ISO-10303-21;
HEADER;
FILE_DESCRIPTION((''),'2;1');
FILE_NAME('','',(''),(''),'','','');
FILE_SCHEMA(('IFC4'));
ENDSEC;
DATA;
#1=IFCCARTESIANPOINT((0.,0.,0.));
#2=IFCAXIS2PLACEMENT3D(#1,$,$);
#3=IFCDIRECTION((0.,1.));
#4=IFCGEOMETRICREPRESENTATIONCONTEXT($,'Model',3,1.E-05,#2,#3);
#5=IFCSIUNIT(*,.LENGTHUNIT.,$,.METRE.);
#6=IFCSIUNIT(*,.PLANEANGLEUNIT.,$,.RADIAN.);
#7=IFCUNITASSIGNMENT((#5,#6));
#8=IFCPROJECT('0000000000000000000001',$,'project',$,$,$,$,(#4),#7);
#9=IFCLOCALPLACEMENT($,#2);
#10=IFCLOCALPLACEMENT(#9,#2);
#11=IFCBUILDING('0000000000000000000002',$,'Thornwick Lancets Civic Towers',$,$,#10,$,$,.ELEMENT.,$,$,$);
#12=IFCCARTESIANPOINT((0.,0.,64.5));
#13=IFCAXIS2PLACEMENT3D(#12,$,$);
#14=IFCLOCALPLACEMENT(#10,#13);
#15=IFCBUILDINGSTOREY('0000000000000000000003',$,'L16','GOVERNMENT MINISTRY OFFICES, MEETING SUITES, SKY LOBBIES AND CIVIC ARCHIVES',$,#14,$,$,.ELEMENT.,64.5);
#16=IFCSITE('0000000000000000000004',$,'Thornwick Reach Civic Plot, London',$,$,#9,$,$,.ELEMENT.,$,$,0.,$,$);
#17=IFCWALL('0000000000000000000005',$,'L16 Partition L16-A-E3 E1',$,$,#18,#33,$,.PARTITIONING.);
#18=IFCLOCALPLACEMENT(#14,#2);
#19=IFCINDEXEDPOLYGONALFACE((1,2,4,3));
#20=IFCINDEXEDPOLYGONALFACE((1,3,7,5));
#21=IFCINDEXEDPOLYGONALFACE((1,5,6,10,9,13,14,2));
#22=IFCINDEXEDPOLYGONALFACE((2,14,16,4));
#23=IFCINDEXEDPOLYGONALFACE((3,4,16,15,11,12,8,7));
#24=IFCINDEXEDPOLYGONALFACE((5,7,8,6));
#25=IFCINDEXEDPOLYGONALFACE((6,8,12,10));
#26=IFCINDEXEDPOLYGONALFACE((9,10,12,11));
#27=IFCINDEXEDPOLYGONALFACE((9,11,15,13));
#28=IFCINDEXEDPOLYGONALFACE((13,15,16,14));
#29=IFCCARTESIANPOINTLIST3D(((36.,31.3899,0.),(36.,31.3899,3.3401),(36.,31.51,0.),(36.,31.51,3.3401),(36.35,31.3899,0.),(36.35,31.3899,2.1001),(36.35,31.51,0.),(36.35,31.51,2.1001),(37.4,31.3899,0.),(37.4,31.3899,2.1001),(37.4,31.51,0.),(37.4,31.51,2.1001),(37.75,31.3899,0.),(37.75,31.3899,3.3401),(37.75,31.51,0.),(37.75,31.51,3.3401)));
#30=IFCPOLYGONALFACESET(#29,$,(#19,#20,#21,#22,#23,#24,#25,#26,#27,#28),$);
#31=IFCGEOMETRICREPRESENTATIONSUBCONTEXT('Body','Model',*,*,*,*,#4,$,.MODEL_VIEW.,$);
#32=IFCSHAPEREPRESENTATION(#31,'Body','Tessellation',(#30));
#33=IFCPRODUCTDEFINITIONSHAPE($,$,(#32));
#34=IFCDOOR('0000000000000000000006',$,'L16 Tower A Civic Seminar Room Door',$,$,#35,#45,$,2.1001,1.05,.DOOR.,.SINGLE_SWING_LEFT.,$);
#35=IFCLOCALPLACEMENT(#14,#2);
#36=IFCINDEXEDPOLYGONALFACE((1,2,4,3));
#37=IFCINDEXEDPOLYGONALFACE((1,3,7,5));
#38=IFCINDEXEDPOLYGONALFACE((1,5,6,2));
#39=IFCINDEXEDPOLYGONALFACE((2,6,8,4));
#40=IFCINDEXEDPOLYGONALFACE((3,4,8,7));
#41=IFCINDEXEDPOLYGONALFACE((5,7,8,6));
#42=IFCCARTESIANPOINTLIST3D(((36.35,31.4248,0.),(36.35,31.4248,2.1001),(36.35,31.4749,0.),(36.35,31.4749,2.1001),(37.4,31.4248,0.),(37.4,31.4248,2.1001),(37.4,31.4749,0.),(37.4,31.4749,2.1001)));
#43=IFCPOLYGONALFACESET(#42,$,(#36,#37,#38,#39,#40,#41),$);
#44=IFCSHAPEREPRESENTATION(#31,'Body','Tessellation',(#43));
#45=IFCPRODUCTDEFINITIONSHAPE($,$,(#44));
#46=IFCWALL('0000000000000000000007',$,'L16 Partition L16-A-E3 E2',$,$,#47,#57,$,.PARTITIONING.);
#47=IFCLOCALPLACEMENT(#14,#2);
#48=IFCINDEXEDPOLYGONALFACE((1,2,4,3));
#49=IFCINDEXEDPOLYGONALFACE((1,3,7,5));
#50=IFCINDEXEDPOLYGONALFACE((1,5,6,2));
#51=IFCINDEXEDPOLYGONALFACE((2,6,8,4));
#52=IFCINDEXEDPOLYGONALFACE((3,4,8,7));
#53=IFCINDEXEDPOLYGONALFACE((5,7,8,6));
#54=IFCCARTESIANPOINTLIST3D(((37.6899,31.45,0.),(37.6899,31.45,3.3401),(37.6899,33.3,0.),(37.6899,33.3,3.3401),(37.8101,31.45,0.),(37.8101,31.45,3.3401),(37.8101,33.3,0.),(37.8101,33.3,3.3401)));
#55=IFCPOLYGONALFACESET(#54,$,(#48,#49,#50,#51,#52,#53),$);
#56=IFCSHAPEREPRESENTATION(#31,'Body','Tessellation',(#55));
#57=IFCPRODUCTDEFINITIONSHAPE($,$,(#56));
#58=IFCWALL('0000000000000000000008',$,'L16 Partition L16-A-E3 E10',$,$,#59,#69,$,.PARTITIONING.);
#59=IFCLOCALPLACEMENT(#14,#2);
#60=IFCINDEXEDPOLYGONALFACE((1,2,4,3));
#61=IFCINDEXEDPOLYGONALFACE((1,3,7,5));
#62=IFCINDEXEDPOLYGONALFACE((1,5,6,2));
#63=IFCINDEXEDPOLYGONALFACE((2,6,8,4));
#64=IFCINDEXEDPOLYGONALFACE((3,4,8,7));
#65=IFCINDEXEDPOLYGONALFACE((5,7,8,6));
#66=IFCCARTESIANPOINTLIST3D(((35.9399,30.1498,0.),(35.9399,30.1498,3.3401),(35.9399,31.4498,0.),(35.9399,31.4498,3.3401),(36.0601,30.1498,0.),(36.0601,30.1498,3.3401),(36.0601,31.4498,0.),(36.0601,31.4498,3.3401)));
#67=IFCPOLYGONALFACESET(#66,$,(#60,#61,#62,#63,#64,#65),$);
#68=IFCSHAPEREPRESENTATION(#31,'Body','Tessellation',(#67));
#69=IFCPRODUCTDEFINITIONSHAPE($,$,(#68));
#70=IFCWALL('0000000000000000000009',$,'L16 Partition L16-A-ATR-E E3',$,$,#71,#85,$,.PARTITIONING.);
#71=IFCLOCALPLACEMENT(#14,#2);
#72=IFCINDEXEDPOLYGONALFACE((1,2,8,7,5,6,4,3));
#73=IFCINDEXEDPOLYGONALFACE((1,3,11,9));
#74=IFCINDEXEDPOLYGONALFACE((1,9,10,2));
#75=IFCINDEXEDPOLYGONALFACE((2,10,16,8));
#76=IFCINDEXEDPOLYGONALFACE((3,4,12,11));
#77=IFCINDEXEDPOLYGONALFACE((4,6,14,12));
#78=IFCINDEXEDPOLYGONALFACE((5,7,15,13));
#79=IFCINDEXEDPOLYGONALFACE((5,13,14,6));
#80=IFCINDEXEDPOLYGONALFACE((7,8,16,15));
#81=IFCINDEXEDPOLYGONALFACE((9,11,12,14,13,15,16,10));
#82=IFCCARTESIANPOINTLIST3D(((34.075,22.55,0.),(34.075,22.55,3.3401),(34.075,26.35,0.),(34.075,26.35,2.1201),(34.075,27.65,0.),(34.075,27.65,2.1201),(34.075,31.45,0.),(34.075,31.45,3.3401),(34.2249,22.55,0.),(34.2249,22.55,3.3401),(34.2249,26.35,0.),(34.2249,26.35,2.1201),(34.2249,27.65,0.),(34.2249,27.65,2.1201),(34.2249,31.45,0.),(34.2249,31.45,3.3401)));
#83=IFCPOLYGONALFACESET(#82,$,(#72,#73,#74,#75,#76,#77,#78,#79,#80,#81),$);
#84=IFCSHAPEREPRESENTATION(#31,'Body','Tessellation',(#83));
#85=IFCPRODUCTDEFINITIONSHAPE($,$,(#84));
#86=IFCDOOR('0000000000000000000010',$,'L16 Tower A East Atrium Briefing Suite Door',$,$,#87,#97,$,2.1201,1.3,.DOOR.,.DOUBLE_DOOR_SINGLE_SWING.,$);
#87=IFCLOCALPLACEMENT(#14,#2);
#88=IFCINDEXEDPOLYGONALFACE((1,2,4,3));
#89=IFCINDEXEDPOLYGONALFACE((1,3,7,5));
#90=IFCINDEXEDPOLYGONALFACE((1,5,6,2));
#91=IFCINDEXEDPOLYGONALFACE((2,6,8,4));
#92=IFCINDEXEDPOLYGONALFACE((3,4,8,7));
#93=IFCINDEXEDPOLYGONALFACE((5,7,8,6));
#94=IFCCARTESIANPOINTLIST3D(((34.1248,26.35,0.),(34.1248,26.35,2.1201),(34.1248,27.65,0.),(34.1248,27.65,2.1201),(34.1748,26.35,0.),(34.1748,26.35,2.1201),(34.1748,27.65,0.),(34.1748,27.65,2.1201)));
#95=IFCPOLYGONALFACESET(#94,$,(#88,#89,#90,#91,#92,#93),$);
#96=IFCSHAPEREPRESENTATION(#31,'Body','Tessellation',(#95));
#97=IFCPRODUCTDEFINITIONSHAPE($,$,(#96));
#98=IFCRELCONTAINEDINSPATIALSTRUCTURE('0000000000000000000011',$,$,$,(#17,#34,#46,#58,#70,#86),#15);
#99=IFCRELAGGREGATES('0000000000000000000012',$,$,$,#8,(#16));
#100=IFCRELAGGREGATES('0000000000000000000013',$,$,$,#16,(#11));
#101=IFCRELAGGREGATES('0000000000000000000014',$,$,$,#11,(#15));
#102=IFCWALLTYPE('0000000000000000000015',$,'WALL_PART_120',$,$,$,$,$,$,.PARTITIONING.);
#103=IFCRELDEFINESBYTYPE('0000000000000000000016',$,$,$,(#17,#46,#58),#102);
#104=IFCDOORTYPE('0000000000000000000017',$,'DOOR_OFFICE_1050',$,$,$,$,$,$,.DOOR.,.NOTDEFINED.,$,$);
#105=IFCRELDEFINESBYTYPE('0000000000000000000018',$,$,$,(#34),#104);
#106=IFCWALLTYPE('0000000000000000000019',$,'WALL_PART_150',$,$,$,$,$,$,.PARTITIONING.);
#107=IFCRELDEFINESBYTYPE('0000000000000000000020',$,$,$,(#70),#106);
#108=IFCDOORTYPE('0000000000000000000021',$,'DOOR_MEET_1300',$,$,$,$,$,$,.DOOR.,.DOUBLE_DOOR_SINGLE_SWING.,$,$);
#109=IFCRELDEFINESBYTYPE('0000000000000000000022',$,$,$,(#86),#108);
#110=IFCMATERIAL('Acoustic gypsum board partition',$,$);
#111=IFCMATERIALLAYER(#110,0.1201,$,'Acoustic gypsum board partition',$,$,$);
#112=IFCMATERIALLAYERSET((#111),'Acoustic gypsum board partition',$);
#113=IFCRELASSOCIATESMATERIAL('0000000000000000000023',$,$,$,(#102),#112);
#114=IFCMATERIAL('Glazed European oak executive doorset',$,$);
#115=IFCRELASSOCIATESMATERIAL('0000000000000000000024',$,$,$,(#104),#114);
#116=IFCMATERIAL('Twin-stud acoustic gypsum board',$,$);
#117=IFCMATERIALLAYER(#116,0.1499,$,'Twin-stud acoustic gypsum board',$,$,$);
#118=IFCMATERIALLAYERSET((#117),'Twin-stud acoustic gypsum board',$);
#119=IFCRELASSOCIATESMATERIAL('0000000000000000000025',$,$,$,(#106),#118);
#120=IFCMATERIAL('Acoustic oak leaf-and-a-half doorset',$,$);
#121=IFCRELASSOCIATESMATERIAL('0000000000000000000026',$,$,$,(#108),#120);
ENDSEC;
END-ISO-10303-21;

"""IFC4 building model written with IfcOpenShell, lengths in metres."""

from ifc_helpers import new_model, si_unit, direction, frame, frame_2d, origin, place, context, subcontext, project, spatial, rectangle, extrude, material, layer, layer_set, type_object, element, fill, save


model = new_model("IFC4")

# Units and contexts
model_context = context("Model", 3, precision=1e-05, world=origin(), true_north=direction((0.0, 1.0)))
body_context = subcontext(model_context, "Body", "Model", "MODEL_VIEW")
ifc_project = project(units=[si_unit("LENGTHUNIT", "METRE"), si_unit("PLANEANGLEUNIT", "RADIAN")], contexts=[model_context])

# Site, building, storey
site_placement = place(None, origin())
site = spatial("IfcSite", under=ifc_project, at=site_placement, Name="Thornwick Reach Civic Plot, London", CompositionType="ELEMENT", RefElevation=0.0)
building_placement = place(site_placement, origin())
building = spatial("IfcBuilding", under=site, at=building_placement, Name="Thornwick Lancets Civic Towers", CompositionType="ELEMENT")
storey_placement = place(building_placement, frame((0.0, 0.0, 64.5)))
storey = spatial("IfcBuildingStorey", under=building, at=storey_placement, Name="L16", Description="GOVERNMENT MINISTRY OFFICES, MEETING SUITES, SKY LOBBIES AND CIVIC ARCHIVES", CompositionType="ELEMENT", Elevation=64.5)

# Shared definitions
ifc_material_1 = material(Name="Acoustic gypsum board partition")
ifc_layer_1 = layer(ifc_material_1, 0.1201, Name="Acoustic gypsum board partition")
ifc_layer_set_1 = layer_set([ifc_layer_1], Name="Acoustic gypsum board partition")
wall_type_1 = type_object("IfcWallType", Name="WALL_PART_120", PredefinedType="PARTITIONING", material=ifc_layer_set_1)

# Wall, opening, door
wall_1_placement = place(storey_placement, frame((36.0, 31.45, 0.0), z_axis=(0.0, 0.0, 1.0), x_axis=(1.0, 0.0, 0.0)))
wall_1 = element("IfcWall", 1, at=wall_1_placement, inside=storey, type_object=wall_type_1, Name="L16 Partition L16-A-E3 E1", PredefinedType="PARTITIONING", context=body_context, shape_type="SweptSolid", body=[
    extrude(rectangle(XDim=1.75, YDim=0.1201, at=frame_2d((0.875, 0.0))), origin(), (0.0, 0.0, 1.0), 3.3401),
])
opening_1_placement = place(wall_1_placement, frame((0.3501, 0.0, 0.0)))
opening_1 = element("IfcOpeningElement", 2, at=opening_1_placement, cuts=wall_1, PredefinedType="OPENING", context=body_context, shape_type="SweptSolid", body=[
    extrude(rectangle(XDim=1.05, YDim=2.1001, at=frame_2d((0.5249, 1.05))), frame((0.0, 0.0701, 0.0), z_axis=(0.0, -1.0, 0.0), x_axis=(1.0, 0.0, 0.0)), (0.0, 0.0, 1.0), 0.1401),
])
ifc_material_2 = material(Name="Glazed European oak executive doorset")
door_type_1 = type_object("IfcDoorType", Name="DOOR_OFFICE_1050", OperationType="NOTDEFINED", PredefinedType="DOOR", material=ifc_material_2)
door_1_placement = place(opening_1_placement, origin())
door_1 = element("IfcDoor", 3, at=door_1_placement, inside=storey, type_object=door_type_1, Name="L16 Tower A Civic Seminar Room Door", OperationType="SINGLE_SWING_LEFT", OverallHeight=2.1001, OverallWidth=1.05, PredefinedType="DOOR", context=body_context, shape_type="SweptSolid", body=[
    extrude(rectangle(XDim=1.05, YDim=2.1001, at=frame_2d((0.5249, 1.05))), frame((0.0, 0.0249, 0.0), z_axis=(0.0, -1.0, 0.0), x_axis=(1.0, 0.0, 0.0)), (0.0, 0.0, 1.0), 0.05),
])
fill(opening_1, door_1)

# Walls
wall_2_placement = place(storey_placement, frame((37.75, 31.45, 0.0), z_axis=(0.0, 0.0, 1.0), x_axis=(0.0, 1.0, 0.0)))
element("IfcWall", 4, at=wall_2_placement, inside=storey, type_object=wall_type_1, Name="L16 Partition L16-A-E3 E2", PredefinedType="PARTITIONING", context=body_context, shape_type="SweptSolid", body=[
    extrude(rectangle(XDim=1.8501, YDim=0.1201, at=frame_2d((0.925, 0.0))), origin(), (0.0, 0.0, 1.0), 3.3401),
])
wall_3_placement = place(storey_placement, frame((36.0, 30.1499, 0.0), z_axis=(0.0, 0.0, 1.0), x_axis=(0.0, 1.0, 0.0)))
element("IfcWall", 5, at=wall_3_placement, inside=storey, type_object=wall_type_1, Name="L16 Partition L16-A-E3 E10", PredefinedType="PARTITIONING", context=body_context, shape_type="SweptSolid", body=[
    extrude(rectangle(XDim=1.3, YDim=0.1201, at=frame_2d((0.6499, 0.0))), origin(), (0.0, 0.0, 1.0), 3.3401),
])

# Wall, opening, door
ifc_material_3 = material(Name="Twin-stud acoustic gypsum board")
ifc_layer_2 = layer(ifc_material_3, 0.1499, Name="Twin-stud acoustic gypsum board")
ifc_layer_set_2 = layer_set([ifc_layer_2], Name="Twin-stud acoustic gypsum board")
wall_type_2 = type_object("IfcWallType", Name="WALL_PART_150", PredefinedType="PARTITIONING", material=ifc_layer_set_2)
wall_4_placement = place(storey_placement, frame((34.1499, 31.45, 0.0), z_axis=(0.0, 0.0, 1.0), x_axis=(0.0, -1.0, 0.0)))
wall_4 = element("IfcWall", 6, at=wall_4_placement, inside=storey, type_object=wall_type_2, Name="L16 Partition L16-A-ATR-E E3", PredefinedType="PARTITIONING", context=body_context, shape_type="SweptSolid", body=[
    extrude(rectangle(XDim=8.8999, YDim=0.1499, at=frame_2d((4.45, 0.0))), origin(), (0.0, 0.0, 1.0), 3.3401),
])
opening_2_placement = place(wall_4_placement, frame((3.8, 0.0, 0.0)))
opening_2 = element("IfcOpeningElement", 7, at=opening_2_placement, cuts=wall_4, PredefinedType="OPENING", context=body_context, shape_type="SweptSolid", body=[
    extrude(rectangle(XDim=1.3, YDim=2.1201, at=frame_2d((0.6499, 1.0601))), frame((0.0, 0.085, 0.0), z_axis=(0.0, -1.0, 0.0), x_axis=(1.0, 0.0, 0.0)), (0.0, 0.0, 1.0), 0.1699),
])
ifc_material_4 = material(Name="Acoustic oak leaf-and-a-half doorset")
door_type_2 = type_object("IfcDoorType", Name="DOOR_MEET_1300", OperationType="DOUBLE_DOOR_SINGLE_SWING", PredefinedType="DOOR", material=ifc_material_4)
door_2_placement = place(opening_2_placement, origin())
door_2 = element("IfcDoor", 8, at=door_2_placement, inside=storey, type_object=door_type_2, Name="L16 Tower A East Atrium Briefing Suite Door", OperationType="DOUBLE_DOOR_SINGLE_SWING", OverallHeight=2.1201, OverallWidth=1.3, PredefinedType="DOOR", context=body_context, shape_type="SweptSolid", body=[
    extrude(rectangle(XDim=1.3, YDim=2.1201, at=frame_2d((0.6499, 1.0601))), frame((0.0, 0.0249, 0.0), z_axis=(0.0, -1.0, 0.0), x_axis=(1.0, 0.0, 0.0)), (0.0, 0.0, 1.0), 0.05),
])
fill(opening_2, door_2)

save(model, "model.ifc")
